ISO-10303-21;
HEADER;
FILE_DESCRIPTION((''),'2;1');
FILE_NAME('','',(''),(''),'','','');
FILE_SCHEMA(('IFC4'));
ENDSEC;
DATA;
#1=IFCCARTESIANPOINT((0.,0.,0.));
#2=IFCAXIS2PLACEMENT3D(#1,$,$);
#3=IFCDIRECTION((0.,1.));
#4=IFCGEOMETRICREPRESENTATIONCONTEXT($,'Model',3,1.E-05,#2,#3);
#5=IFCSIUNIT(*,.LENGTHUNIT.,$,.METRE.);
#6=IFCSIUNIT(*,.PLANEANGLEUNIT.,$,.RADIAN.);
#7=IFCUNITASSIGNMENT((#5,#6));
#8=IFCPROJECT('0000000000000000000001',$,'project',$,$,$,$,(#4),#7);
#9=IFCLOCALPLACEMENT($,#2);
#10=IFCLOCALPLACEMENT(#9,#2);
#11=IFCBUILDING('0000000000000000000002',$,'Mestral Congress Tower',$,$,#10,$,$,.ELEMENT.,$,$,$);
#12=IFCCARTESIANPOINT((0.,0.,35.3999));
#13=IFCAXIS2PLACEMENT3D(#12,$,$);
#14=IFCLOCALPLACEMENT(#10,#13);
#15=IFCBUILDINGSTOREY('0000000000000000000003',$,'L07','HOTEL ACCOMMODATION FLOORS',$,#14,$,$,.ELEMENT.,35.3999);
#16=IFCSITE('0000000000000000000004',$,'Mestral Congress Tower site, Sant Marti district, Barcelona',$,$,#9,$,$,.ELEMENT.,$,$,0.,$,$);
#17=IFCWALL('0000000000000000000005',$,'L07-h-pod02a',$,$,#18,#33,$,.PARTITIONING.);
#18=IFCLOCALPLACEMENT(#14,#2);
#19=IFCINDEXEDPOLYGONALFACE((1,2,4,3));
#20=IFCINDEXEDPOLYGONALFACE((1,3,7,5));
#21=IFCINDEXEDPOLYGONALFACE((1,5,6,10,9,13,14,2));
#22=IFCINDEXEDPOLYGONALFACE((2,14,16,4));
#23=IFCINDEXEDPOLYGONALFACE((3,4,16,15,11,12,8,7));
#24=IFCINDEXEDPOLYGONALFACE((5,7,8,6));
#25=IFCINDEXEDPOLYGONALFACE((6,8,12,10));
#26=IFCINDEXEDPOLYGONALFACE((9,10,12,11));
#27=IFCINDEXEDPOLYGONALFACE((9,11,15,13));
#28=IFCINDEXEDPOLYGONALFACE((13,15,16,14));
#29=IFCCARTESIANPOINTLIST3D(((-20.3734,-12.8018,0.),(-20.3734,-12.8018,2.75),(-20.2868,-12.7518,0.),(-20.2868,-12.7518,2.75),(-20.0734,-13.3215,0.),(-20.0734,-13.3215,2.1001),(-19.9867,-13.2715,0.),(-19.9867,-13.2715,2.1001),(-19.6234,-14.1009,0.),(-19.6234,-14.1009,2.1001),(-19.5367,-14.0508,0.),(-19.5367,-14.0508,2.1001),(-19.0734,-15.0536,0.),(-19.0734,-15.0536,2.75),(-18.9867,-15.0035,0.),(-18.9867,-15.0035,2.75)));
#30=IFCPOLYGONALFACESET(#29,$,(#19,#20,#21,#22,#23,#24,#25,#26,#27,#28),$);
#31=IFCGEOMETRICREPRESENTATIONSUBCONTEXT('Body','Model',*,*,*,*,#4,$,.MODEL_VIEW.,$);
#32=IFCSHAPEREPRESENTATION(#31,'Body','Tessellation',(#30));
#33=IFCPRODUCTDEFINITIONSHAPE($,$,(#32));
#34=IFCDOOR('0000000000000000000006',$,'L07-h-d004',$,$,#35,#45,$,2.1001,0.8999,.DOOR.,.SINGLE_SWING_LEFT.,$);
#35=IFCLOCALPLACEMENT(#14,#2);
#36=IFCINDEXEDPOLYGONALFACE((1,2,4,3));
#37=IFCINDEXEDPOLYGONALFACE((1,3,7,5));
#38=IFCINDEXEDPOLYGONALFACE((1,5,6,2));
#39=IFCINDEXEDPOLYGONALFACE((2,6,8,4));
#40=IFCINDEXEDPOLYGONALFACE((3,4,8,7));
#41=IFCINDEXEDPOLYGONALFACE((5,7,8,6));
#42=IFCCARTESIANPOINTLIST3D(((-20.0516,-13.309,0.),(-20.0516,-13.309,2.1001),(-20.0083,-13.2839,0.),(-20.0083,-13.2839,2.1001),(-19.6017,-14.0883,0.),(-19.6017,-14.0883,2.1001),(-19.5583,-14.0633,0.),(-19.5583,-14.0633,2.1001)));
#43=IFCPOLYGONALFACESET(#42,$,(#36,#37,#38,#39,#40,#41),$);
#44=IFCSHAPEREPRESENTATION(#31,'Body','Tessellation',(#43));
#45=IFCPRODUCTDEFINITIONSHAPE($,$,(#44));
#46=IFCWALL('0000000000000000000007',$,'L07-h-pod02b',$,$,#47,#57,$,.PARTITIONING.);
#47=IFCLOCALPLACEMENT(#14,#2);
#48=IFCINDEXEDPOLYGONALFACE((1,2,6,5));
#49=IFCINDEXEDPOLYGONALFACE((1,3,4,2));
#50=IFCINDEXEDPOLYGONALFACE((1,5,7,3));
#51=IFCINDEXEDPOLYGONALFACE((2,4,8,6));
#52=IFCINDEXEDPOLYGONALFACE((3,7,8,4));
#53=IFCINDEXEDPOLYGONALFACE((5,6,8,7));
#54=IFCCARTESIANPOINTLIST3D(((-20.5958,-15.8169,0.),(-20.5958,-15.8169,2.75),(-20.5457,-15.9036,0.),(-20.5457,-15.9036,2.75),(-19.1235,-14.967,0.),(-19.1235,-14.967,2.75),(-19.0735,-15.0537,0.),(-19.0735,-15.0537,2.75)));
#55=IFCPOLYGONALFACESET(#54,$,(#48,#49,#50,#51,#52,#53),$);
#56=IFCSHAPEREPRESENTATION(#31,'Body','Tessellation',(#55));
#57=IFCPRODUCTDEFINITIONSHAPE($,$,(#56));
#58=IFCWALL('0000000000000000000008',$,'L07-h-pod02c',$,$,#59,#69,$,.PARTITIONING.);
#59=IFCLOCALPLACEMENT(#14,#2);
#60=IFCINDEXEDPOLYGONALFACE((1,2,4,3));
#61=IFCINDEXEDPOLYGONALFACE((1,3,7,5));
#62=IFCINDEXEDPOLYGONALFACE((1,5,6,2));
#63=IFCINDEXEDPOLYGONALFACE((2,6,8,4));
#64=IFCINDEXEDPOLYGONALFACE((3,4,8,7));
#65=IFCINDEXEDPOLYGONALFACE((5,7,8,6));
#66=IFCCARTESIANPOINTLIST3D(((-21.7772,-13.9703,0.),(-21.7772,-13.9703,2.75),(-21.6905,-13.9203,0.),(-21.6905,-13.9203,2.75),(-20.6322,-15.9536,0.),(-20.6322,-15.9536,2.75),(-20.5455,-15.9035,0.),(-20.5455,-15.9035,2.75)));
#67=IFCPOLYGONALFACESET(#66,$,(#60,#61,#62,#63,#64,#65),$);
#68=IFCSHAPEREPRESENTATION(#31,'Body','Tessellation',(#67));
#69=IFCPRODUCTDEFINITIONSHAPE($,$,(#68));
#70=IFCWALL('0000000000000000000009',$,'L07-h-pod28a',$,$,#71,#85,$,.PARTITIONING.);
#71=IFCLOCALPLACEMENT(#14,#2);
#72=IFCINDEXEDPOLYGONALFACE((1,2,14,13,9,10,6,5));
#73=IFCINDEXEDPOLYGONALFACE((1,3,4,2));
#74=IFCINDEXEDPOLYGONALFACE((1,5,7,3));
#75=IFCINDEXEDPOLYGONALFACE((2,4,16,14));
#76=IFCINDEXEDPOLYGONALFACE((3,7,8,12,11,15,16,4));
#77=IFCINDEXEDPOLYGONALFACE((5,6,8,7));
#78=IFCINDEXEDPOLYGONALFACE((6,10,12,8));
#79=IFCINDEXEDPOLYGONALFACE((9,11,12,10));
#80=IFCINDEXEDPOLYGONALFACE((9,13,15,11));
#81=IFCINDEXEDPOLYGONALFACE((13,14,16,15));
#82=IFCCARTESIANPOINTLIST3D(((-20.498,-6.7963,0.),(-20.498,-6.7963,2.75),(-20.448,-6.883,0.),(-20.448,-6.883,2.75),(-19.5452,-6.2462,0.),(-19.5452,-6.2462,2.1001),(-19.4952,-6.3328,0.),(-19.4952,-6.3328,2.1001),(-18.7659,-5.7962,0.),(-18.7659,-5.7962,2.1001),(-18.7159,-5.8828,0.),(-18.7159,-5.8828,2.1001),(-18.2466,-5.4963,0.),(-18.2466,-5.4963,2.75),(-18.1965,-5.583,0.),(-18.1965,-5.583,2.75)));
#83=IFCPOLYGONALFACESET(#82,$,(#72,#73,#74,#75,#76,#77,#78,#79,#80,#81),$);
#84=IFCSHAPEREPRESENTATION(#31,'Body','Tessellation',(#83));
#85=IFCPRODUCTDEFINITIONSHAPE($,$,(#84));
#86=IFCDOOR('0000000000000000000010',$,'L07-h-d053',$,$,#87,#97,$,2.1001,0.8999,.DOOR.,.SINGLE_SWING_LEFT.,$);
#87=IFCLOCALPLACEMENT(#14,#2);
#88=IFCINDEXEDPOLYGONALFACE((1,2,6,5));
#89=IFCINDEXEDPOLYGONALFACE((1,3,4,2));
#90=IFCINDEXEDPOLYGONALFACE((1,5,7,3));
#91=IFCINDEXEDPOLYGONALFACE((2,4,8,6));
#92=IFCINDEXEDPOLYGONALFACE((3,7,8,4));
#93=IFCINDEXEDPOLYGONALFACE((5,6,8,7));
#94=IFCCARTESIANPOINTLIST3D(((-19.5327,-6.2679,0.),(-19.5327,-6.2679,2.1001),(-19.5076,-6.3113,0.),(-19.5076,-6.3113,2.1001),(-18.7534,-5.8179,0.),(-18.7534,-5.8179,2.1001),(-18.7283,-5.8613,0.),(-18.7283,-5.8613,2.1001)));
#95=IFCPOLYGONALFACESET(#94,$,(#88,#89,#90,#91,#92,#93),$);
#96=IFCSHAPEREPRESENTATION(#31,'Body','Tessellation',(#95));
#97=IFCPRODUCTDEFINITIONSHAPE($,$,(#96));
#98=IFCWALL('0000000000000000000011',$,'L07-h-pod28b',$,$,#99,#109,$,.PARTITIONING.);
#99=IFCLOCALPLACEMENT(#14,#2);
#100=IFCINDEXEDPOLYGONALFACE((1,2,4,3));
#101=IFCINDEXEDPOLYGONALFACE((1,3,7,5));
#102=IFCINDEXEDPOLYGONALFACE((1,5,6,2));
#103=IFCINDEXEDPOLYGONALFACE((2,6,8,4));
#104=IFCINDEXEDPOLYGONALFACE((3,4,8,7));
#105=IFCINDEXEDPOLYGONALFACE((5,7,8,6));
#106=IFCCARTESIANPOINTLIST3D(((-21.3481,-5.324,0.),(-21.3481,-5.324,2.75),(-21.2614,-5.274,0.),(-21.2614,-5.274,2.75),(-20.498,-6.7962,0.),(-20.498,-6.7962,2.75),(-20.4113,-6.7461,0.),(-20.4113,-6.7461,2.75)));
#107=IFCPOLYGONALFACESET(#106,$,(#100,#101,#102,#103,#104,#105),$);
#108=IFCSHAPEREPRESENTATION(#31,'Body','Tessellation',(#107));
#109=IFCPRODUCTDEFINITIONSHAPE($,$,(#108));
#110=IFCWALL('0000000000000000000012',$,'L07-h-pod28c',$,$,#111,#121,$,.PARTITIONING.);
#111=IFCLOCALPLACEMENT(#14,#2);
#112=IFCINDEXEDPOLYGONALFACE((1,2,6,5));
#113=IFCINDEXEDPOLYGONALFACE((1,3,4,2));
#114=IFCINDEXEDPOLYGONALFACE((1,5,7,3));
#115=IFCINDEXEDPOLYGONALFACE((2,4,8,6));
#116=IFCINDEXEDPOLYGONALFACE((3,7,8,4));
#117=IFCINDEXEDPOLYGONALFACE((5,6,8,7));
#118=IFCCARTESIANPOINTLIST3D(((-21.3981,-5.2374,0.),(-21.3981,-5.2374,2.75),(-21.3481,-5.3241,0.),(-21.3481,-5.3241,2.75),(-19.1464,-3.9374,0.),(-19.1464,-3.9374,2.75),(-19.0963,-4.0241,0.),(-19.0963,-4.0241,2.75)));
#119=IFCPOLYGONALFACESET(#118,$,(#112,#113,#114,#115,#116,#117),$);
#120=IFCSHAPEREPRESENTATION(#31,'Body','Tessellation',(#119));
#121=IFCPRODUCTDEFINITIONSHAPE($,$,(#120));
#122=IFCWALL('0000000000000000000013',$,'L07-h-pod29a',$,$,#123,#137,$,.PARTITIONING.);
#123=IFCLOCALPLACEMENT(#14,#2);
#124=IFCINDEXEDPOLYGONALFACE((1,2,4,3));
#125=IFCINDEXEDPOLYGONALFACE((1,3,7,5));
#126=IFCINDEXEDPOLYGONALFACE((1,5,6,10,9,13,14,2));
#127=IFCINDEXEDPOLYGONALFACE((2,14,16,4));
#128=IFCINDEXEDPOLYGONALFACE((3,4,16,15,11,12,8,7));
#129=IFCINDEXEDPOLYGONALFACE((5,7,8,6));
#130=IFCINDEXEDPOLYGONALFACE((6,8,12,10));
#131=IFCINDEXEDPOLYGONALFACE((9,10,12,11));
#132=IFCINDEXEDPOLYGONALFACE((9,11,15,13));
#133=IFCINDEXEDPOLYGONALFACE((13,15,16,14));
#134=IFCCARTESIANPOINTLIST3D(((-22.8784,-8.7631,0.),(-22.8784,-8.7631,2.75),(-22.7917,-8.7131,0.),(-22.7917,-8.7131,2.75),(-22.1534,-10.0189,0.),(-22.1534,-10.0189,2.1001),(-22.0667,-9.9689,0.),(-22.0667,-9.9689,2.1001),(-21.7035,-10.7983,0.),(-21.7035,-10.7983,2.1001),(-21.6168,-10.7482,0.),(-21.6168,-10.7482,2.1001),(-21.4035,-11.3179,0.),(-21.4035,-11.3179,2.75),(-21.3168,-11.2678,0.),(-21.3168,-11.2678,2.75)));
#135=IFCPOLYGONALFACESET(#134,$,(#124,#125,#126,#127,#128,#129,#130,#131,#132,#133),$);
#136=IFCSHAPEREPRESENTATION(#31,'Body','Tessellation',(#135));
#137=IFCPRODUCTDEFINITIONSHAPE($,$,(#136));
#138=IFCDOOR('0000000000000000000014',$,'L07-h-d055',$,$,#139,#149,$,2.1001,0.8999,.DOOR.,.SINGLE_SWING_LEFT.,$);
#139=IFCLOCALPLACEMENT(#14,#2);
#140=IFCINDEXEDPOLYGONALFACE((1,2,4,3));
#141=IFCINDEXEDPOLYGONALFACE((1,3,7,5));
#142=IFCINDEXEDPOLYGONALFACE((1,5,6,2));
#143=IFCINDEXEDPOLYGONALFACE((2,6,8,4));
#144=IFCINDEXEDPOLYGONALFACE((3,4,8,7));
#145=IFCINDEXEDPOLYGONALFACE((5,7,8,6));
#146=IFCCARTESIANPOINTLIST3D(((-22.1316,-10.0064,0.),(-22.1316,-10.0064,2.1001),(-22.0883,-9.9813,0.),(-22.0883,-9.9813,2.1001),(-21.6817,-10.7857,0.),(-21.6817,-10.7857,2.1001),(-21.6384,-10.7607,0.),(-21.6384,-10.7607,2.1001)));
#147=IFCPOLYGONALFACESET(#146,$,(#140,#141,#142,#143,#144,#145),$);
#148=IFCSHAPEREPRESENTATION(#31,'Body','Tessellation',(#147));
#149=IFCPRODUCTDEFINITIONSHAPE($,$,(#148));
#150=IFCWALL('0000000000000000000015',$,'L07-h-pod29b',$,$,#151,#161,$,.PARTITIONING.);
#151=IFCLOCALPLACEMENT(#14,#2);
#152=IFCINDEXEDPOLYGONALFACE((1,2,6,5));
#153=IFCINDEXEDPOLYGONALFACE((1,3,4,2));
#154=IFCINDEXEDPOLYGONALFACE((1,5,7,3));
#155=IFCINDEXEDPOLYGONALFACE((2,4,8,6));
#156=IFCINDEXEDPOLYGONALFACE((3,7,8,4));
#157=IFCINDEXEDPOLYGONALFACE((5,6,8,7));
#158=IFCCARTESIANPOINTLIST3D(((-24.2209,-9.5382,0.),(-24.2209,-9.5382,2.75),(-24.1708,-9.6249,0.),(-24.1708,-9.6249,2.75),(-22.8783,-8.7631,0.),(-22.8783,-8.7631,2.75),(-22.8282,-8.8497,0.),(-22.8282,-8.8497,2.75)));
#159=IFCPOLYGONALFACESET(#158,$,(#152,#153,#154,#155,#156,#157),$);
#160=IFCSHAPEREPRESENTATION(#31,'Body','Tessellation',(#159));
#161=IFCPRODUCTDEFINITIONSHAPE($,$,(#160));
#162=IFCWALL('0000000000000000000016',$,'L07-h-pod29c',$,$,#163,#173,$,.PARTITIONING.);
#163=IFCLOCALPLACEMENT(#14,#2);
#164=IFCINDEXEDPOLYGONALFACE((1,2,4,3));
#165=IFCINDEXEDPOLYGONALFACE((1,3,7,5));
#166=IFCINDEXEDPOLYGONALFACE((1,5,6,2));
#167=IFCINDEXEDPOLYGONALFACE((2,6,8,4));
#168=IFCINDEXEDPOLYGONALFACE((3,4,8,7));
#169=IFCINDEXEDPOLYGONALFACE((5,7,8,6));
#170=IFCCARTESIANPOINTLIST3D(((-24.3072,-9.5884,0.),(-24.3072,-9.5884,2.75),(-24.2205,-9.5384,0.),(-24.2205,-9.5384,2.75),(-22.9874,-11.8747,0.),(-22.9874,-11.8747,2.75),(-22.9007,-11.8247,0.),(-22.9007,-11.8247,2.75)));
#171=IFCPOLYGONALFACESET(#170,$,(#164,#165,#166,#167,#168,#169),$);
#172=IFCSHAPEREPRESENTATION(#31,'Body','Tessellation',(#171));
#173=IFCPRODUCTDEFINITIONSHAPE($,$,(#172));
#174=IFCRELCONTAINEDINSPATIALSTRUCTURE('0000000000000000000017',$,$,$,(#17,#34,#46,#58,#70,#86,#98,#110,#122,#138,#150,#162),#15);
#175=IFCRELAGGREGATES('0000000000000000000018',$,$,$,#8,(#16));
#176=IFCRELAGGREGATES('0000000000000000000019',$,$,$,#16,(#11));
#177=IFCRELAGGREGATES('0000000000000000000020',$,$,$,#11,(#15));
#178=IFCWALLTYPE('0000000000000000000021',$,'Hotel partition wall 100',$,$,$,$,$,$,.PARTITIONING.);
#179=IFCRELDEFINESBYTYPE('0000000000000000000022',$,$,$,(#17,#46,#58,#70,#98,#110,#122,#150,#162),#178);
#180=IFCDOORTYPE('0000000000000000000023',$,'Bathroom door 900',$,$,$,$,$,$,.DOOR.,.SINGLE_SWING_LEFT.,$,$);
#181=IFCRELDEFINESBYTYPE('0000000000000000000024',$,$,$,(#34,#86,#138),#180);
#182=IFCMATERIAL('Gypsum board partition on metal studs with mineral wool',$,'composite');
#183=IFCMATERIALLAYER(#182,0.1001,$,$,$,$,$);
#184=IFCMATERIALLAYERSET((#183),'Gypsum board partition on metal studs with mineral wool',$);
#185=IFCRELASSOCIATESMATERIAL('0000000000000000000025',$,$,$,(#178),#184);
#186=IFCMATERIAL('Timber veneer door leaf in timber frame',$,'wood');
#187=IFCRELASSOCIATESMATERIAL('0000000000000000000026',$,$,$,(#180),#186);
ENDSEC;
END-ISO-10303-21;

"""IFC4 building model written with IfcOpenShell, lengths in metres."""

from ifc_helpers import new_model, si_unit, direction, frame, frame_2d, origin, place, context, subcontext, project, spatial, rectangle, extrude, material, layer, layer_set, type_object, element, fill, save


model = new_model("IFC4")

# Units and contexts
model_context = context("Model", 3, precision=1e-05, world=origin(), true_north=direction((0.0, 1.0)))
body_context = subcontext(model_context, "Body", "Model", "MODEL_VIEW")
ifc_project = project(units=[si_unit("LENGTHUNIT", "METRE"), si_unit("PLANEANGLEUNIT", "RADIAN")], contexts=[model_context])

# Site, building, storey
site_placement = place(None, origin())
site = spatial("IfcSite", under=ifc_project, at=site_placement, Name="Mestral Congress Tower site, Sant Marti district, Barcelona", CompositionType="ELEMENT", RefElevation=0.0)
building_placement = place(site_placement, origin())
building = spatial("IfcBuilding", under=site, at=building_placement, Name="Mestral Congress Tower", CompositionType="ELEMENT")
storey_placement = place(building_placement, frame((0.0, 0.0, 35.3999)))
storey = spatial("IfcBuildingStorey", under=building, at=storey_placement, Name="L07", Description="HOTEL ACCOMMODATION FLOORS", CompositionType="ELEMENT", Elevation=35.3999)

# Wall, opening, door
ifc_material_1 = material(Name="Gypsum board partition on metal studs with mineral wool", Category="composite")
ifc_layer_1 = layer(ifc_material_1, 0.1001)
ifc_layer_set_1 = layer_set([ifc_layer_1], Name="Gypsum board partition on metal studs with mineral wool")
wall_type_1 = type_object("IfcWallType", Name="Hotel partition wall 100", PredefinedType="PARTITIONING", material=ifc_layer_set_1)
wall_1_placement = place(storey_placement, frame((-19.03, -15.0286, 0.0), z_axis=(0.0, 0.0, 1.0), x_axis=(-0.500007, 0.866021, 0.0)))
wall_1 = element("IfcWall", 1, at=wall_1_placement, inside=storey, type_object=wall_type_1, Name="L07-h-pod02a", PredefinedType="PARTITIONING", context=body_context, shape_type="SweptSolid", body=[
    extrude(rectangle(XDim=2.6001, YDim=0.1001, at=frame_2d((1.3, 0.0))), origin(), (0.0, 0.0, 1.0), 2.75),
])
opening_1_placement = place(wall_1_placement, frame((1.1001, 0.0, 0.0)))
opening_1 = element("IfcOpeningElement", 2, at=opening_1_placement, cuts=wall_1, PredefinedType="OPENING", context=body_context, shape_type="SweptSolid", body=[
    extrude(rectangle(XDim=0.8999, YDim=2.1001, at=frame_2d((0.45, 1.05))), frame((0.0, 0.0601, 0.0), z_axis=(0.0, -1.0, 0.0), x_axis=(1.0, 0.0, 0.0)), (0.0, 0.0, 1.0), 0.1201),
])
ifc_material_2 = material(Name="Timber veneer door leaf in timber frame", Category="wood")
door_type_1 = type_object("IfcDoorType", Name="Bathroom door 900", OperationType="SINGLE_SWING_LEFT", PredefinedType="DOOR", material=ifc_material_2)
door_1_placement = place(opening_1_placement, origin())
door_1 = element("IfcDoor", 3, at=door_1_placement, inside=storey, type_object=door_type_1, Name="L07-h-d004", OperationType="SINGLE_SWING_LEFT", OverallHeight=2.1001, OverallWidth=0.8999, PredefinedType="DOOR", context=body_context, shape_type="SweptSolid", body=[
    extrude(rectangle(XDim=0.8999, YDim=2.1001, at=frame_2d((0.45, 1.05))), frame((0.0, 0.0249, 0.0), z_axis=(0.0, -1.0, 0.0), x_axis=(1.0, 0.0, 0.0)), (0.0, 0.0, 1.0), 0.05),
])
fill(opening_1, door_1)

# Walls
wall_2_placement = place(storey_placement, frame((-19.0984, -15.0103, 0.0), z_axis=(0.0, 0.0, 1.0), x_axis=(-0.866052, -0.499955, 0.0)))
element("IfcWall", 4, at=wall_2_placement, inside=storey, type_object=wall_type_1, Name="L07-h-pod02b", PredefinedType="PARTITIONING", context=body_context, shape_type="SweptSolid", body=[
    extrude(rectangle(XDim=1.7, YDim=0.1001, at=frame_2d((0.8501, 0.0))), origin(), (0.0, 0.0, 1.0), 2.75),
])
wall_3_placement = place(storey_placement, frame((-21.7339, -13.9453, 0.0), z_axis=(0.0, 0.0, 1.0), x_axis=(0.500015, -0.866017, 0.0)))
element("IfcWall", 5, at=wall_3_placement, inside=storey, type_object=wall_type_1, Name="L07-h-pod02c", PredefinedType="PARTITIONING", context=body_context, shape_type="SweptSolid", body=[
    extrude(rectangle(XDim=2.29, YDim=0.1001, at=frame_2d((1.145, 0.0))), origin(), (0.0, 0.0, 1.0), 2.75),
])

# Wall, opening, door
wall_4_placement = place(storey_placement, frame((-20.4729, -6.8396, 0.0), z_axis=(0.0, 0.0, 1.0), x_axis=(0.865998, 0.500048, 0.0)))
wall_4 = element("IfcWall", 6, at=wall_4_placement, inside=storey, type_object=wall_type_1, Name="L07-h-pod28a", PredefinedType="PARTITIONING", context=body_context, shape_type="SweptSolid", body=[
    extrude(rectangle(XDim=2.5999, YDim=0.1001, at=frame_2d((1.2998, 0.0))), origin(), (0.0, 0.0, 1.0), 2.75),
])
opening_2_placement = place(wall_4_placement, frame((1.1001, 0.0, 0.0)))
opening_2 = element("IfcOpeningElement", 7, at=opening_2_placement, cuts=wall_4, PredefinedType="OPENING", context=body_context, shape_type="SweptSolid", body=[
    extrude(rectangle(XDim=0.8999, YDim=2.1001, at=frame_2d((0.45, 1.05))), frame((0.0, 0.0601, 0.0), z_axis=(0.0, -1.0, 0.0), x_axis=(1.0, 0.0, 0.0)), (0.0, 0.0, 1.0), 0.1201),
])
door_2_placement = place(opening_2_placement, origin())
door_2 = element("IfcDoor", 8, at=door_2_placement, inside=storey, type_object=door_type_1, Name="L07-h-d053", OperationType="SINGLE_SWING_LEFT", OverallHeight=2.1001, OverallWidth=0.8999, PredefinedType="DOOR", context=body_context, shape_type="SweptSolid", body=[
    extrude(rectangle(XDim=0.8999, YDim=2.1001, at=frame_2d((0.45, 1.05))), frame((0.0, 0.0249, 0.0), z_axis=(0.0, -1.0, 0.0), x_axis=(1.0, 0.0, 0.0)), (0.0, 0.0, 1.0), 0.05),
])
fill(opening_2, door_2)

# Walls
wall_5_placement = place(storey_placement, frame((-20.4546, -6.7712, 0.0), z_axis=(0.0, 0.0, 1.0), x_axis=(-0.500062, 0.865989, 0.0)))
element("IfcWall", 9, at=wall_5_placement, inside=storey, type_object=wall_type_1, Name="L07-h-pod28b", PredefinedType="PARTITIONING", context=body_context, shape_type="SweptSolid", body=[
    extrude(rectangle(XDim=1.7, YDim=0.1001, at=frame_2d((0.8501, 0.0))), origin(), (0.0, 0.0, 1.0), 2.75),
])
wall_6_placement = place(storey_placement, frame((-19.1213, -3.9807, 0.0), z_axis=(0.0, 0.0, 1.0), x_axis=(-0.866021, -0.500007, 0.0)))
element("IfcWall", 10, at=wall_6_placement, inside=storey, type_object=wall_type_1, Name="L07-h-pod28c", PredefinedType="PARTITIONING", context=body_context, shape_type="SweptSolid", body=[
    extrude(rectangle(XDim=2.6001, YDim=0.1001, at=frame_2d((1.3, 0.0))), origin(), (0.0, 0.0, 1.0), 2.75),
])

# Wall, opening, door
wall_7_placement = place(storey_placement, frame((-21.3601, -11.293, 0.0), z_axis=(0.0, 0.0, 1.0), x_axis=(-0.499976, 0.866039, 0.0)))
wall_7 = element("IfcWall", 11, at=wall_7_placement, inside=storey, type_object=wall_type_1, Name="L07-h-pod29a", PredefinedType="PARTITIONING", context=body_context, shape_type="SweptSolid", body=[
    extrude(rectangle(XDim=2.95, YDim=0.1001, at=frame_2d((1.4751, 0.0))), origin(), (0.0, 0.0, 1.0), 2.75),
])
opening_3_placement = place(wall_7_placement, frame((0.6001, 0.0, 0.0)))
opening_3 = element("IfcOpeningElement", 12, at=opening_3_placement, cuts=wall_7, PredefinedType="OPENING", context=body_context, shape_type="SweptSolid", body=[
    extrude(rectangle(XDim=0.8999, YDim=2.1001, at=frame_2d((0.45, 1.05))), frame((0.0, 0.0601, 0.0), z_axis=(0.0, -1.0, 0.0), x_axis=(1.0, 0.0, 0.0)), (0.0, 0.0, 1.0), 0.1201),
])
door_3_placement = place(opening_3_placement, origin())
door_3 = element("IfcDoor", 13, at=door_3_placement, inside=storey, type_object=door_type_1, Name="L07-h-d055", OperationType="SINGLE_SWING_LEFT", OverallHeight=2.1001, OverallWidth=0.8999, PredefinedType="DOOR", context=body_context, shape_type="SweptSolid", body=[
    extrude(rectangle(XDim=0.8999, YDim=2.1001, at=frame_2d((0.45, 1.05))), frame((0.0, 0.0249, 0.0), z_axis=(0.0, -1.0, 0.0), x_axis=(1.0, 0.0, 0.0)), (0.0, 0.0, 1.0), 0.05),
])
fill(opening_3, door_3)

# Walls
wall_8_placement = place(storey_placement, frame((-22.8533, -8.8064, 0.0), z_axis=(0.0, 0.0, 1.0), x_axis=(-0.866015, -0.500018, 0.0)))
element("IfcWall", 14, at=wall_8_placement, inside=storey, type_object=wall_type_1, Name="L07-h-pod29b", PredefinedType="PARTITIONING", context=body_context, shape_type="SweptSolid", body=[
    extrude(rectangle(XDim=1.5503, YDim=0.1001, at=frame_2d((0.7751, 0.0))), origin(), (0.0, 0.0, 1.0), 2.75),
])
wall_9_placement = place(storey_placement, frame((-22.9441, -11.8496, 0.0), z_axis=(0.0, 0.0, 1.0), x_axis=(-0.499939, 0.866061, 0.0)))
element("IfcWall", 15, at=wall_9_placement, inside=storey, type_object=wall_type_1, Name="L07-h-pod29c", PredefinedType="PARTITIONING", context=body_context, shape_type="SweptSolid", body=[
    extrude(rectangle(XDim=2.6399, YDim=0.1001, at=frame_2d((1.3198, 0.0))), origin(), (0.0, 0.0, 1.0), 2.75),
])

save(model, "model.ifc")
